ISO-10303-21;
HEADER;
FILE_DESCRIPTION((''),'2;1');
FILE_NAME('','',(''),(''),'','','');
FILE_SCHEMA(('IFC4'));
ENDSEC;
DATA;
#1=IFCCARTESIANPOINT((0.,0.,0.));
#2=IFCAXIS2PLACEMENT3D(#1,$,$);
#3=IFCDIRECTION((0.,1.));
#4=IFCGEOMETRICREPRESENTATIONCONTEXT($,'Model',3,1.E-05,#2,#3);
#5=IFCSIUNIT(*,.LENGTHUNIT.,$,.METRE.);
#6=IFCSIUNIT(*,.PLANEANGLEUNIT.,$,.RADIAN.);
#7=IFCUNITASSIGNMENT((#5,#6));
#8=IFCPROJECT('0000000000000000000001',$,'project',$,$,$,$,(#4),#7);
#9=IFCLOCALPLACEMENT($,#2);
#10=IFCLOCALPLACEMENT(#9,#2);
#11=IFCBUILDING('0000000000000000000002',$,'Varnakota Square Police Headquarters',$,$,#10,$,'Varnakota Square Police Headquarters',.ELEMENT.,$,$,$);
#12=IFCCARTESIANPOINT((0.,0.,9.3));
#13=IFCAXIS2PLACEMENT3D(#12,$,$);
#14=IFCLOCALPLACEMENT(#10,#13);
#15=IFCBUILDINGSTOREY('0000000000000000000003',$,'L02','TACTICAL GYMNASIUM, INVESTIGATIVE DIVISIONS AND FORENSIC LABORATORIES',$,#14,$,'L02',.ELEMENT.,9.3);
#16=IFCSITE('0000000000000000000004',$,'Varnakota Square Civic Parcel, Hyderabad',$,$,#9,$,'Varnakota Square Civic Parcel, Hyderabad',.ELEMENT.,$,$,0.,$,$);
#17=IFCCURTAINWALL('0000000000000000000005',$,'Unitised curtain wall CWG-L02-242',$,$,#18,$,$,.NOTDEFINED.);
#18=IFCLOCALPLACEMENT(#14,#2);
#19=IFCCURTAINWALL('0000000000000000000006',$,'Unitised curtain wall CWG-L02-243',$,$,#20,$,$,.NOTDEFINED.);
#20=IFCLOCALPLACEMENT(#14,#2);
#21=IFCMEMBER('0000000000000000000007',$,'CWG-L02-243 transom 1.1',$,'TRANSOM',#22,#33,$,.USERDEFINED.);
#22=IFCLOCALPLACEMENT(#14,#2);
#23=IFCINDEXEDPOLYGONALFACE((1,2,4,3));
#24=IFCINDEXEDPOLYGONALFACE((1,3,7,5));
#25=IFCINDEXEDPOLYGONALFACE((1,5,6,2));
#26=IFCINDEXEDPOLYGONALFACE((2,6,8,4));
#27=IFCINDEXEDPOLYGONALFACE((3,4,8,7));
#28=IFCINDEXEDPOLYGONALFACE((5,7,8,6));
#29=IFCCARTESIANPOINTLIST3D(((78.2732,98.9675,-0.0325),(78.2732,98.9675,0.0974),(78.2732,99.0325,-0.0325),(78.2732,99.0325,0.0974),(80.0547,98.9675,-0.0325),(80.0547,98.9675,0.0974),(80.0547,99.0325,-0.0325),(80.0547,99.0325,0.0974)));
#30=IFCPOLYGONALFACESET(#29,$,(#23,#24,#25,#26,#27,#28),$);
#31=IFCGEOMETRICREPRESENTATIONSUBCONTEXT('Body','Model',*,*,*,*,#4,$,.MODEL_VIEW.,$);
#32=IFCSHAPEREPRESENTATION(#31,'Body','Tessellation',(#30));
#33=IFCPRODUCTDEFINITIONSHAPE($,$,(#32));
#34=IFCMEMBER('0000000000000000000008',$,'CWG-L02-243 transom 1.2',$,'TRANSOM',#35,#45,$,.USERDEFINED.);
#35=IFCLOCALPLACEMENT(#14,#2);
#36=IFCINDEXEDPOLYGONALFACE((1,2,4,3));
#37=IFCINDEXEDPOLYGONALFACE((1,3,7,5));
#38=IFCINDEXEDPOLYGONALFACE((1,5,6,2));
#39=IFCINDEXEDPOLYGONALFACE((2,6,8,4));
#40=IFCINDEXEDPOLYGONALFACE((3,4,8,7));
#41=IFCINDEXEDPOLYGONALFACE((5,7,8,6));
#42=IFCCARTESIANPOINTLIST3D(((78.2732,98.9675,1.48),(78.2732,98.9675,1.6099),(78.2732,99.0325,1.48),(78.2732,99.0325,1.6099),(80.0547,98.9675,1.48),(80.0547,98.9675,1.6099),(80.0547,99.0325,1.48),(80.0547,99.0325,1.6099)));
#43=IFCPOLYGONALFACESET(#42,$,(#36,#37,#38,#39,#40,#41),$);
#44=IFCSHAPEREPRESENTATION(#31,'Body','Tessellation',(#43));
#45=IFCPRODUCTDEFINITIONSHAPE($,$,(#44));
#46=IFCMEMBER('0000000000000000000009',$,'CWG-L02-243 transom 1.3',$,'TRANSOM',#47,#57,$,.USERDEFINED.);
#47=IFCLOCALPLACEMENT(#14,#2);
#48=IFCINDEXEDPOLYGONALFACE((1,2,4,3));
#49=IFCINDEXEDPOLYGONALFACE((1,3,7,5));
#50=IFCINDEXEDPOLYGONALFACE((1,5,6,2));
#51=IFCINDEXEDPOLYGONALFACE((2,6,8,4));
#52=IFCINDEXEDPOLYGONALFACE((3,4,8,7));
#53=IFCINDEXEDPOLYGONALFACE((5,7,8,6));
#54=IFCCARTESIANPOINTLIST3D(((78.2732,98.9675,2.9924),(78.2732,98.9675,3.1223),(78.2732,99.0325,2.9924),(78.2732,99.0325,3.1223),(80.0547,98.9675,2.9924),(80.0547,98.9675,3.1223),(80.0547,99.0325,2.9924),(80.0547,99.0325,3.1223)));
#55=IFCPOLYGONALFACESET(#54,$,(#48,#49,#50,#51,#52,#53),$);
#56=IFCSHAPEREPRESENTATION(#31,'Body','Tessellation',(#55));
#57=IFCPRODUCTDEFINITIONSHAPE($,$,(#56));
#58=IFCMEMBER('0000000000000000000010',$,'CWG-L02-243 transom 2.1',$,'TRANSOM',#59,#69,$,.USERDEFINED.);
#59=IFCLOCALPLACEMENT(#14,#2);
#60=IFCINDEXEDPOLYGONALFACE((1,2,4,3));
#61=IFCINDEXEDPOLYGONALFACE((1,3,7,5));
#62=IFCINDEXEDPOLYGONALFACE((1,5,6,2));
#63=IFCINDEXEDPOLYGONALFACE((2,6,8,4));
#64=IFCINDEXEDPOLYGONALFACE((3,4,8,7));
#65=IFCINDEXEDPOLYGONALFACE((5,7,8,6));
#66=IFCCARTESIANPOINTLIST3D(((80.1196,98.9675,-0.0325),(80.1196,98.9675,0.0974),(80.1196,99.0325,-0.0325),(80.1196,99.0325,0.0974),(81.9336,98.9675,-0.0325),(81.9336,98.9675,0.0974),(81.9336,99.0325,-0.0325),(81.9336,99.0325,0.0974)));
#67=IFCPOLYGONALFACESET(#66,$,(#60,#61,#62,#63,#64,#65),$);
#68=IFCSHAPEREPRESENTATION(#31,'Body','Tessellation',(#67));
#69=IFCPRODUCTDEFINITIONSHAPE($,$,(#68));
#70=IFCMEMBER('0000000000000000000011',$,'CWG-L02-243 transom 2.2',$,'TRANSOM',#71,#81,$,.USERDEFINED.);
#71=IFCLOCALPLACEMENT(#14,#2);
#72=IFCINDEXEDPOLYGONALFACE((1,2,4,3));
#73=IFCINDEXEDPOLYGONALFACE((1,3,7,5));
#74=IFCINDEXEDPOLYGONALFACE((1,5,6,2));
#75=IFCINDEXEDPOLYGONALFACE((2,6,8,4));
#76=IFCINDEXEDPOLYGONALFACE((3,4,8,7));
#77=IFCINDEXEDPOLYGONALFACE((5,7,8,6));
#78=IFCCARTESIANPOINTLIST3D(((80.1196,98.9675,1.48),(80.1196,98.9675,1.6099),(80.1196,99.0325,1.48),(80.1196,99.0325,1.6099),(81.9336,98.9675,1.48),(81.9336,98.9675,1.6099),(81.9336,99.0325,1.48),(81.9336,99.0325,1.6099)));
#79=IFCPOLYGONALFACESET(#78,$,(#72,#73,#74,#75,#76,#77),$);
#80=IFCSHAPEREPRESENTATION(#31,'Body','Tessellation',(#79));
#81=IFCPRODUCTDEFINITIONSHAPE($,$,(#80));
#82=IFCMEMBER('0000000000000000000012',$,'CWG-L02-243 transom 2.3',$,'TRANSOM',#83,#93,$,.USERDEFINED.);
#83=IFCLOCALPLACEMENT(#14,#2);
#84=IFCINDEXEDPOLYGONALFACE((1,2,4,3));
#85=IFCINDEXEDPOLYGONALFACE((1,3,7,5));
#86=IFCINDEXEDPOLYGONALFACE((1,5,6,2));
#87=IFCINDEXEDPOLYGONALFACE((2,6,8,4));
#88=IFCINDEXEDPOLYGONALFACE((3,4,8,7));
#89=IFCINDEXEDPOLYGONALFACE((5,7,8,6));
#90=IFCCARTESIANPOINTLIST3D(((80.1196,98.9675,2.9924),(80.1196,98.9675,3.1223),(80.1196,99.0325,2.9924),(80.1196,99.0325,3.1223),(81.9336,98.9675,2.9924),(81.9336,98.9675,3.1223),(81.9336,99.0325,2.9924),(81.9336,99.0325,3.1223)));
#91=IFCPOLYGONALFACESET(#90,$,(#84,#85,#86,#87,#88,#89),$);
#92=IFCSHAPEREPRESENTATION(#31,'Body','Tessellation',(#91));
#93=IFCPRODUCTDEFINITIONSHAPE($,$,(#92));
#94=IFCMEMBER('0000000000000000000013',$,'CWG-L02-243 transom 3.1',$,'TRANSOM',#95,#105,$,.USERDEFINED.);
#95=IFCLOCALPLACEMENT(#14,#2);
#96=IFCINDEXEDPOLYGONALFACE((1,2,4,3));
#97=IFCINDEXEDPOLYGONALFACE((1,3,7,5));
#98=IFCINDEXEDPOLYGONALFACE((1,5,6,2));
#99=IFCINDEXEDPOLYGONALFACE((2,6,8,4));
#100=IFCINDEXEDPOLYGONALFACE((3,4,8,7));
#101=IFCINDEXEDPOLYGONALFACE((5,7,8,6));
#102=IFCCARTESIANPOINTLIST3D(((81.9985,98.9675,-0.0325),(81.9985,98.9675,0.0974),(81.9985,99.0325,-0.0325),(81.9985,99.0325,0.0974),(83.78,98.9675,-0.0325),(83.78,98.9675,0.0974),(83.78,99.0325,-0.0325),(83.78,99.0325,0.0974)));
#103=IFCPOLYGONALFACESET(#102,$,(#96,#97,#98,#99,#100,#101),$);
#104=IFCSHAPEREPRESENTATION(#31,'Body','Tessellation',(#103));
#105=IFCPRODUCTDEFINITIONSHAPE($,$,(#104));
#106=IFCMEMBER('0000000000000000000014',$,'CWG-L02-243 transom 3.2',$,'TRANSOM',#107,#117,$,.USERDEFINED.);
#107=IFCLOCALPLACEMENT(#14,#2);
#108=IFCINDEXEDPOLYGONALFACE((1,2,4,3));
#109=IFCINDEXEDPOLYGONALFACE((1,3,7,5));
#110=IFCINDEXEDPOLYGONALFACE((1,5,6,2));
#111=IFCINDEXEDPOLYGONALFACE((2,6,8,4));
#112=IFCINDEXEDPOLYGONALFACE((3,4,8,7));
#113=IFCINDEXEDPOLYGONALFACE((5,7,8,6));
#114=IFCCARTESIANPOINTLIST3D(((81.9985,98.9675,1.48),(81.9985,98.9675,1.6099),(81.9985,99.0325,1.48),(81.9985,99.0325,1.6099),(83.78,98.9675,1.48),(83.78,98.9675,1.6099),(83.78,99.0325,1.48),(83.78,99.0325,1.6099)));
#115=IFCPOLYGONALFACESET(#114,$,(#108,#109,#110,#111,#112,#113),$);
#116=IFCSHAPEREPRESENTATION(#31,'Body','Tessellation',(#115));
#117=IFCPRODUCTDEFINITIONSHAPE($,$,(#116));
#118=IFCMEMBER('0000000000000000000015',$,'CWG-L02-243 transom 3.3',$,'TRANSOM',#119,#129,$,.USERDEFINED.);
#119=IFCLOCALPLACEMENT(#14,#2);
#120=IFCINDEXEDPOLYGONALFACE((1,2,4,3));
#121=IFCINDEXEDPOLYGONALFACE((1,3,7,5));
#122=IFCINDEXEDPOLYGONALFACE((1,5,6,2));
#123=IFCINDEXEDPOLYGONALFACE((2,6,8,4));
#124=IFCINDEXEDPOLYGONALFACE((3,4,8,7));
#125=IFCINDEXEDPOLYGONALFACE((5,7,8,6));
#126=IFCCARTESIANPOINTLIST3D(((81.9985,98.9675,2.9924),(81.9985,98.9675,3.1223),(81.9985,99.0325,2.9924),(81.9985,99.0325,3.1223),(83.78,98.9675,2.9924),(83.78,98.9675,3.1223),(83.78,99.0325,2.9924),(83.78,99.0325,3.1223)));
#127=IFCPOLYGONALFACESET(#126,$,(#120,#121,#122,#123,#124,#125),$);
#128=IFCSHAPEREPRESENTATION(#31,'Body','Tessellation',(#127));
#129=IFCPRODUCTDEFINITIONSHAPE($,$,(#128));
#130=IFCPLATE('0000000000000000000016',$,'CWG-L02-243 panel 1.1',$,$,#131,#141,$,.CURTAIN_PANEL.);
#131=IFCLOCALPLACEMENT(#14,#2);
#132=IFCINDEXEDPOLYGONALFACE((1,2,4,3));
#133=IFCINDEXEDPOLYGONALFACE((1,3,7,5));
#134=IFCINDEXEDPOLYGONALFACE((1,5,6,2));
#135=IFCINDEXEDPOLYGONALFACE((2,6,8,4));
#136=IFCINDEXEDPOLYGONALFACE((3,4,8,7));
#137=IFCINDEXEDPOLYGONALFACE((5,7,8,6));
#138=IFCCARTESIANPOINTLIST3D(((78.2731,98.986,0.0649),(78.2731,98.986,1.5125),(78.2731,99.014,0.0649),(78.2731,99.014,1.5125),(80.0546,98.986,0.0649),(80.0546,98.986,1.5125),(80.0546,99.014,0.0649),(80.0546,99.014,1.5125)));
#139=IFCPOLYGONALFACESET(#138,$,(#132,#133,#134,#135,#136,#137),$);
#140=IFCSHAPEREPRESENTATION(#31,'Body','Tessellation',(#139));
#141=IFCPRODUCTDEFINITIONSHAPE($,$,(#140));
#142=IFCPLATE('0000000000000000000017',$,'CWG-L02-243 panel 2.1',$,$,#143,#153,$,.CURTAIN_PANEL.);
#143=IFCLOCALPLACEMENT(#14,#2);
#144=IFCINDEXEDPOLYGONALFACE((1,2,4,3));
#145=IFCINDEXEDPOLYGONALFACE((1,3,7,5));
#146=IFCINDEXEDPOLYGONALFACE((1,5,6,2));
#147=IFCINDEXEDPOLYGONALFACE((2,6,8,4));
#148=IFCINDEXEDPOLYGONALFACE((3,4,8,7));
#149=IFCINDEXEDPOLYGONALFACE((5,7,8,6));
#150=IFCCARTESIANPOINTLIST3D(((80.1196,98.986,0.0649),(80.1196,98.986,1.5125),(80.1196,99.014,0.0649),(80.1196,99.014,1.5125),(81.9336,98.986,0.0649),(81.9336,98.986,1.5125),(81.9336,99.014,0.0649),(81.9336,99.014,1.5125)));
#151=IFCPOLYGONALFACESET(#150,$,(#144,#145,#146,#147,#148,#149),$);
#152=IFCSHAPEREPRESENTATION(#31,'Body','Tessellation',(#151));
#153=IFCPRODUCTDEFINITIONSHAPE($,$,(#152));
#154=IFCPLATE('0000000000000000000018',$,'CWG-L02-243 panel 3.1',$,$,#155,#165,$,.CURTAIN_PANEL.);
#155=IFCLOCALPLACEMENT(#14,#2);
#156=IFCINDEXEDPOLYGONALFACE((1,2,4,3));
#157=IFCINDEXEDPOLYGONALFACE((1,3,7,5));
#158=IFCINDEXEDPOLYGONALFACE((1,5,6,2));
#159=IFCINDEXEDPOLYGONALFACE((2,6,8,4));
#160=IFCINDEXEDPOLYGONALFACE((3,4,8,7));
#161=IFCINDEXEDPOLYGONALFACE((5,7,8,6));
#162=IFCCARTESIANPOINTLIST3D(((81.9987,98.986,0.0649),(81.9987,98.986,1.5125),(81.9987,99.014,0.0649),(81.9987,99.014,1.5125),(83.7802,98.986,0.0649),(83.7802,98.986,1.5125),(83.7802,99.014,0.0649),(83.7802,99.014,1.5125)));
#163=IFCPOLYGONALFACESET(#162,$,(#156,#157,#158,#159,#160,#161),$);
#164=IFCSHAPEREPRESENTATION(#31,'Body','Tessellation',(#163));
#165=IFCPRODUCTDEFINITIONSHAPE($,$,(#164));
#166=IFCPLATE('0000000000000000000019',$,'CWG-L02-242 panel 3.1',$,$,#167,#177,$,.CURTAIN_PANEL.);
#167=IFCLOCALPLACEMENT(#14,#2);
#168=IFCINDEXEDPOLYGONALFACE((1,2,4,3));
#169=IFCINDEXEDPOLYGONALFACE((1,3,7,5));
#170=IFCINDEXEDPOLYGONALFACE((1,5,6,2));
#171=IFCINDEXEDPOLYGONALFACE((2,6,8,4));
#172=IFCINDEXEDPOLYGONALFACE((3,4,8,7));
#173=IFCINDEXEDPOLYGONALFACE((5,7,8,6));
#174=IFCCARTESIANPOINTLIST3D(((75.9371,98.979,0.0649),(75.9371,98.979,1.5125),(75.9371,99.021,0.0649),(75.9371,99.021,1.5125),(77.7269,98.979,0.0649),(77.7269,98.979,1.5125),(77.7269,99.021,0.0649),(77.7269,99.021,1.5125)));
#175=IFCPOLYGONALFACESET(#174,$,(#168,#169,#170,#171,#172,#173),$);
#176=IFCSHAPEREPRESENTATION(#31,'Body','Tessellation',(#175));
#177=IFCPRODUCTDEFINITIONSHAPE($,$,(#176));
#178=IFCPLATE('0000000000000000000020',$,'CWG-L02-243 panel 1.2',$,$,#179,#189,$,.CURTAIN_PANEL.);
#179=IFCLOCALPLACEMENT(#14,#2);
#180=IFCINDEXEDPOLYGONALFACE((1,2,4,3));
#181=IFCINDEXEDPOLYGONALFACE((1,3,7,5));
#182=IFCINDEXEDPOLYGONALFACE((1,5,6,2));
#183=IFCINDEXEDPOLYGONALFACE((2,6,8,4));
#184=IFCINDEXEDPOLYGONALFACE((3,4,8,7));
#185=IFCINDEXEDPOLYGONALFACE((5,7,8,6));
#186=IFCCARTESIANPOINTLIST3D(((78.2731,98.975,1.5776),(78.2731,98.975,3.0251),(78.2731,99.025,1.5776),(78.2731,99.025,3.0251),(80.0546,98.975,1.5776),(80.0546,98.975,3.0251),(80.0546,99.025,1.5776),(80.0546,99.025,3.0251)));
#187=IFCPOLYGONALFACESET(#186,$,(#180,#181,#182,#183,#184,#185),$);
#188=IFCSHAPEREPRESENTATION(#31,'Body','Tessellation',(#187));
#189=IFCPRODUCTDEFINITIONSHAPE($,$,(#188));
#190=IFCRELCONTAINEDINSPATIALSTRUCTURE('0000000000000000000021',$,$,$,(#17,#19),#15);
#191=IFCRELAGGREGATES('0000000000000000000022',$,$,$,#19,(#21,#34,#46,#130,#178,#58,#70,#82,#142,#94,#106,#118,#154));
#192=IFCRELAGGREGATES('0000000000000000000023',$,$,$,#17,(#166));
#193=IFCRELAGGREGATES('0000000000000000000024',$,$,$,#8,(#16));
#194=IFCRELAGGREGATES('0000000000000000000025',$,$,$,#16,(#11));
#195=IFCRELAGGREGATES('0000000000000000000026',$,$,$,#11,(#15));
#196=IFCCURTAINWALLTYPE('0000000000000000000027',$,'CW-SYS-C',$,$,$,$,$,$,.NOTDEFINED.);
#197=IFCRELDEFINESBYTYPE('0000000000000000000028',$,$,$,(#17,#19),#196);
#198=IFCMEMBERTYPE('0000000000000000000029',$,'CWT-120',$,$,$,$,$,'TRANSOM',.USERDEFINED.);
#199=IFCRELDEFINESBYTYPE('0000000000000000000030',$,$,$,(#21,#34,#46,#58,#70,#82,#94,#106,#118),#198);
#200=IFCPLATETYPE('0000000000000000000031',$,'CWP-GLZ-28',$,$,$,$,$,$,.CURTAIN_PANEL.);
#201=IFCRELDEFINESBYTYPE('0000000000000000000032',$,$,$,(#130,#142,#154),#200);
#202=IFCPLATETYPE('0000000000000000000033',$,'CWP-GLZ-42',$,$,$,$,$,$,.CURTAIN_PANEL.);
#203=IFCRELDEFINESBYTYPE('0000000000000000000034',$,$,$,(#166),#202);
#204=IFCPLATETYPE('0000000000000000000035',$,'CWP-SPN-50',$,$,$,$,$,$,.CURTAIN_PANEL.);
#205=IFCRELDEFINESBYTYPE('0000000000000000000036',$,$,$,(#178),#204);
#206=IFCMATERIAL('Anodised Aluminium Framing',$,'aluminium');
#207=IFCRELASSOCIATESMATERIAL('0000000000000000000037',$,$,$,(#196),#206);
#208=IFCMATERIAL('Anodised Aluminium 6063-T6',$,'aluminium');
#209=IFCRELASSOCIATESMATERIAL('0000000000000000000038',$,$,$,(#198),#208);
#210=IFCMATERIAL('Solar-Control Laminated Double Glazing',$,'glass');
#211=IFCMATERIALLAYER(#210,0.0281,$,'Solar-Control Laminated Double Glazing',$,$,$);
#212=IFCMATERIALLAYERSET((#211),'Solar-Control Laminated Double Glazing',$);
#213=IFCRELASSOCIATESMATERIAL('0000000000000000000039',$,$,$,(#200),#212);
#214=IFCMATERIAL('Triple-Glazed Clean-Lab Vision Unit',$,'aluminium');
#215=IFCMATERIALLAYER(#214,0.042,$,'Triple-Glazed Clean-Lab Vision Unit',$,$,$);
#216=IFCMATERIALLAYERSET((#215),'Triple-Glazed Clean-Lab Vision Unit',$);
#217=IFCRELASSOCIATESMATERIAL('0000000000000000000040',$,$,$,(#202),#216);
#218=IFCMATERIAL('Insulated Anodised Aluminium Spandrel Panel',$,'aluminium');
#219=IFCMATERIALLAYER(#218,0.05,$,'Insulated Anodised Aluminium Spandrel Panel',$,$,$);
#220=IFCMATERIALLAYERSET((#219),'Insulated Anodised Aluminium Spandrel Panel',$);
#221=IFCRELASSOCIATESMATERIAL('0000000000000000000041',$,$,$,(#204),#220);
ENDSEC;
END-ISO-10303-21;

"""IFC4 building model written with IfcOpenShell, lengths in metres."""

from ifc_helpers import new_model, si_unit, direction, frame, origin, origin_2d, place, context, subcontext, project, spatial, rectangle, extrude, material, layer, layer_set, material_profile, profile_set, type_object, element, aggregate, save


model = new_model("IFC4")

# Units and contexts
model_context = context("Model", 3, precision=1e-05, world=origin(), true_north=direction((0.0, 1.0)))
body_context = subcontext(model_context, "Body", "Model", "MODEL_VIEW")
ifc_project = project(units=[si_unit("LENGTHUNIT", "METRE"), si_unit("PLANEANGLEUNIT", "RADIAN")], contexts=[model_context])

# Site, building, storey
site_placement = place(None, origin())
site = spatial("IfcSite", under=ifc_project, at=site_placement, Name="Varnakota Square Civic Parcel, Hyderabad", LongName="Varnakota Square Civic Parcel, Hyderabad", CompositionType="ELEMENT", RefElevation=0.0)
building_placement = place(site_placement, origin())
building = spatial("IfcBuilding", under=site, at=building_placement, Name="Varnakota Square Police Headquarters", LongName="Varnakota Square Police Headquarters", CompositionType="ELEMENT")
storey_placement = place(building_placement, frame((0.0, 0.0, 9.3)))
storey = spatial("IfcBuildingStorey", under=building, at=storey_placement, Name="L02", Description="TACTICAL GYMNASIUM, INVESTIGATIVE DIVISIONS AND FORENSIC LABORATORIES", LongName="L02", CompositionType="ELEMENT", Elevation=9.3)

# Curtain wall
ifc_material_1 = material(Name="Anodised Aluminium Framing", Category="aluminium")
curtain_wall_type = type_object("IfcCurtainWallType", Name="CW-SYS-C", PredefinedType="NOTDEFINED", material=ifc_material_1)
curtain_wall_1_placement = place(storey_placement, origin())
curtain_wall_1 = element("IfcCurtainWall", 1, at=curtain_wall_1_placement, inside=storey, type_object=curtain_wall_type, Name="Unitised curtain wall CWG-L02-242", PredefinedType="NOTDEFINED")
ifc_material_2 = material(Name="Anodised Aluminium 6063-T6", Category="aluminium")

# Curtain wall
curtain_wall_2_placement = place(storey_placement, origin())
curtain_wall_2 = element("IfcCurtainWall", 2, at=curtain_wall_2_placement, inside=storey, type_object=curtain_wall_type, Name="Unitised curtain wall CWG-L02-243", PredefinedType="NOTDEFINED")

# Members
ifc_material_profile_1 = material_profile(ifc_material_2, rectangle(XDim=0.0649, YDim=0.1299, at=origin_2d()), Name="ALU TRANSOM 65x130")
ifc_profile_set_1 = profile_set([ifc_material_profile_1], Name="Anodised Aluminium 6063-T6")
member_type_1 = type_object("IfcMemberType", Name="CWT-120", ElementType="TRANSOM", PredefinedType="USERDEFINED", material=ifc_profile_set_1)
member_1_placement = place(storey_placement, frame((78.2732, 99.0, 0.0325), z_axis=(1.0, 0.0, 0.0), x_axis=(0.0, 1.0, 0.0)))
member_1 = element("IfcMember", 3, at=member_1_placement, type_object=member_type_1, Name="CWG-L02-243 transom 1.1", ObjectType="TRANSOM", PredefinedType="USERDEFINED", context=body_context, shape_type="SweptSolid", body=[
    extrude(rectangle(XDim=0.0649, YDim=0.1299, at=origin_2d()), origin(), (0.0, 0.0, 1.0), 1.7815),
])
member_2_placement = place(storey_placement, frame((78.2732, 99.0, 1.5449), z_axis=(1.0, 0.0, 0.0), x_axis=(0.0, 1.0, 0.0)))
member_2 = element("IfcMember", 4, at=member_2_placement, type_object=member_type_1, Name="CWG-L02-243 transom 1.2", ObjectType="TRANSOM", PredefinedType="USERDEFINED", context=body_context, shape_type="SweptSolid", body=[
    extrude(rectangle(XDim=0.0649, YDim=0.1299, at=origin_2d()), origin(), (0.0, 0.0, 1.0), 1.7815),
])
member_3_placement = place(storey_placement, frame((78.2732, 99.0, 3.0574), z_axis=(1.0, 0.0, 0.0), x_axis=(0.0, 1.0, 0.0)))
member_3 = element("IfcMember", 5, at=member_3_placement, type_object=member_type_1, Name="CWG-L02-243 transom 1.3", ObjectType="TRANSOM", PredefinedType="USERDEFINED", context=body_context, shape_type="SweptSolid", body=[
    extrude(rectangle(XDim=0.0649, YDim=0.1299, at=origin_2d()), origin(), (0.0, 0.0, 1.0), 1.7815),
])
member_4_placement = place(storey_placement, frame((80.1196, 99.0, 0.0325), z_axis=(1.0, 0.0, 0.0), x_axis=(0.0, 1.0, 0.0)))
member_4 = element("IfcMember", 6, at=member_4_placement, type_object=member_type_1, Name="CWG-L02-243 transom 2.1", ObjectType="TRANSOM", PredefinedType="USERDEFINED", context=body_context, shape_type="SweptSolid", body=[
    extrude(rectangle(XDim=0.0649, YDim=0.1299, at=origin_2d()), origin(), (0.0, 0.0, 1.0), 1.814),
])
member_5_placement = place(storey_placement, frame((80.1196, 99.0, 1.5449), z_axis=(1.0, 0.0, 0.0), x_axis=(0.0, 1.0, 0.0)))
member_5 = element("IfcMember", 7, at=member_5_placement, type_object=member_type_1, Name="CWG-L02-243 transom 2.2", ObjectType="TRANSOM", PredefinedType="USERDEFINED", context=body_context, shape_type="SweptSolid", body=[
    extrude(rectangle(XDim=0.0649, YDim=0.1299, at=origin_2d()), origin(), (0.0, 0.0, 1.0), 1.814),
])
member_6_placement = place(storey_placement, frame((80.1196, 99.0, 3.0574), z_axis=(1.0, 0.0, 0.0), x_axis=(0.0, 1.0, 0.0)))
member_6 = element("IfcMember", 8, at=member_6_placement, type_object=member_type_1, Name="CWG-L02-243 transom 2.3", ObjectType="TRANSOM", PredefinedType="USERDEFINED", context=body_context, shape_type="SweptSolid", body=[
    extrude(rectangle(XDim=0.0649, YDim=0.1299, at=origin_2d()), origin(), (0.0, 0.0, 1.0), 1.814),
])
member_7_placement = place(storey_placement, frame((81.9985, 99.0, 0.0325), z_axis=(1.0, 0.0, 0.0), x_axis=(0.0, 1.0, 0.0)))
member_7 = element("IfcMember", 9, at=member_7_placement, type_object=member_type_1, Name="CWG-L02-243 transom 3.1", ObjectType="TRANSOM", PredefinedType="USERDEFINED", context=body_context, shape_type="SweptSolid", body=[
    extrude(rectangle(XDim=0.0649, YDim=0.1299, at=origin_2d()), origin(), (0.0, 0.0, 1.0), 1.7815),
])
member_8_placement = place(storey_placement, frame((81.9985, 99.0, 1.5449), z_axis=(1.0, 0.0, 0.0), x_axis=(0.0, 1.0, 0.0)))
member_8 = element("IfcMember", 10, at=member_8_placement, type_object=member_type_1, Name="CWG-L02-243 transom 3.2", ObjectType="TRANSOM", PredefinedType="USERDEFINED", context=body_context, shape_type="SweptSolid", body=[
    extrude(rectangle(XDim=0.0649, YDim=0.1299, at=origin_2d()), origin(), (0.0, 0.0, 1.0), 1.7815),
])
member_9_placement = place(storey_placement, frame((81.9985, 99.0, 3.0574), z_axis=(1.0, 0.0, 0.0), x_axis=(0.0, 1.0, 0.0)))
member_9 = element("IfcMember", 11, at=member_9_placement, type_object=member_type_1, Name="CWG-L02-243 transom 3.3", ObjectType="TRANSOM", PredefinedType="USERDEFINED", context=body_context, shape_type="SweptSolid", body=[
    extrude(rectangle(XDim=0.0649, YDim=0.1299, at=origin_2d()), origin(), (0.0, 0.0, 1.0), 1.7815),
])

# Plates
ifc_material_3 = material(Name="Solar-Control Laminated Double Glazing", Category="glass")
ifc_layer_1 = layer(ifc_material_3, 0.0281, Name="Solar-Control Laminated Double Glazing")
ifc_layer_set_1 = layer_set([ifc_layer_1], Name="Solar-Control Laminated Double Glazing")
plate_type_1 = type_object("IfcPlateType", Name="CWP-GLZ-28", PredefinedType="CURTAIN_PANEL", material=ifc_layer_set_1)
plate_1_placement = place(storey_placement, frame((79.1638, 99.0, 0.0649), z_axis=(0.0, 0.0, 1.0), x_axis=(1.0, 0.0, 0.0)))
plate_1 = element("IfcPlate", 12, at=plate_1_placement, type_object=plate_type_1, Name="CWG-L02-243 panel 1.1", PredefinedType="CURTAIN_PANEL", context=body_context, shape_type="SweptSolid", body=[
    extrude(rectangle(XDim=1.7815, YDim=0.0281, at=origin_2d()), origin(), (0.0, 0.0, 1.0), 1.4475),
])
plate_2_placement = place(storey_placement, frame((81.0266, 99.0, 0.0649), z_axis=(0.0, 0.0, 1.0), x_axis=(1.0, 0.0, 0.0)))
plate_2 = element("IfcPlate", 13, at=plate_2_placement, type_object=plate_type_1, Name="CWG-L02-243 panel 2.1", PredefinedType="CURTAIN_PANEL", context=body_context, shape_type="SweptSolid", body=[
    extrude(rectangle(XDim=1.814, YDim=0.0281, at=origin_2d()), origin(), (0.0, 0.0, 1.0), 1.4475),
])
plate_3_placement = place(storey_placement, frame((82.8894, 99.0, 0.0649), z_axis=(0.0, 0.0, 1.0), x_axis=(1.0, 0.0, 0.0)))
plate_3 = element("IfcPlate", 14, at=plate_3_placement, type_object=plate_type_1, Name="CWG-L02-243 panel 3.1", PredefinedType="CURTAIN_PANEL", context=body_context, shape_type="SweptSolid", body=[
    extrude(rectangle(XDim=1.7815, YDim=0.0281, at=origin_2d()), origin(), (0.0, 0.0, 1.0), 1.4475),
])
ifc_material_4 = material(Name="Triple-Glazed Clean-Lab Vision Unit", Category="aluminium")
ifc_layer_2 = layer(ifc_material_4, 0.042, Name="Triple-Glazed Clean-Lab Vision Unit")
ifc_layer_set_2 = layer_set([ifc_layer_2], Name="Triple-Glazed Clean-Lab Vision Unit")
plate_type_2 = type_object("IfcPlateType", Name="CWP-GLZ-42", PredefinedType="CURTAIN_PANEL", material=ifc_layer_set_2)
plate_4_placement = place(storey_placement, frame((76.832, 99.0, 0.0649), z_axis=(0.0, 0.0, 1.0), x_axis=(1.0, 0.0, 0.0)))
plate_4 = element("IfcPlate", 15, at=plate_4_placement, type_object=plate_type_2, Name="CWG-L02-242 panel 3.1", PredefinedType="CURTAIN_PANEL", context=body_context, shape_type="SweptSolid", body=[
    extrude(rectangle(XDim=1.7898, YDim=0.042, at=origin_2d()), origin(), (0.0, 0.0, 1.0), 1.4475),
])
ifc_material_5 = material(Name="Insulated Anodised Aluminium Spandrel Panel", Category="aluminium")
ifc_layer_3 = layer(ifc_material_5, 0.05, Name="Insulated Anodised Aluminium Spandrel Panel")
ifc_layer_set_3 = layer_set([ifc_layer_3], Name="Insulated Anodised Aluminium Spandrel Panel")
plate_type_3 = type_object("IfcPlateType", Name="CWP-SPN-50", PredefinedType="CURTAIN_PANEL", material=ifc_layer_set_3)
plate_5_placement = place(storey_placement, frame((79.1638, 99.0, 1.5776), z_axis=(0.0, 0.0, 1.0), x_axis=(1.0, 0.0, 0.0)))
plate_5 = element("IfcPlate", 16, at=plate_5_placement, type_object=plate_type_3, Name="CWG-L02-243 panel 1.2", PredefinedType="CURTAIN_PANEL", context=body_context, shape_type="SweptSolid", body=[
    extrude(rectangle(XDim=1.7815, YDim=0.05, at=origin_2d()), origin(), (0.0, 0.0, 1.0), 1.4475),
])
aggregate(curtain_wall_2, [member_1, member_2, member_3, plate_1, plate_5, member_4, member_5, member_6, plate_2, member_7, member_8, member_9, plate_3])
aggregate(curtain_wall_1, [plate_4])

save(model, "model.ifc")
